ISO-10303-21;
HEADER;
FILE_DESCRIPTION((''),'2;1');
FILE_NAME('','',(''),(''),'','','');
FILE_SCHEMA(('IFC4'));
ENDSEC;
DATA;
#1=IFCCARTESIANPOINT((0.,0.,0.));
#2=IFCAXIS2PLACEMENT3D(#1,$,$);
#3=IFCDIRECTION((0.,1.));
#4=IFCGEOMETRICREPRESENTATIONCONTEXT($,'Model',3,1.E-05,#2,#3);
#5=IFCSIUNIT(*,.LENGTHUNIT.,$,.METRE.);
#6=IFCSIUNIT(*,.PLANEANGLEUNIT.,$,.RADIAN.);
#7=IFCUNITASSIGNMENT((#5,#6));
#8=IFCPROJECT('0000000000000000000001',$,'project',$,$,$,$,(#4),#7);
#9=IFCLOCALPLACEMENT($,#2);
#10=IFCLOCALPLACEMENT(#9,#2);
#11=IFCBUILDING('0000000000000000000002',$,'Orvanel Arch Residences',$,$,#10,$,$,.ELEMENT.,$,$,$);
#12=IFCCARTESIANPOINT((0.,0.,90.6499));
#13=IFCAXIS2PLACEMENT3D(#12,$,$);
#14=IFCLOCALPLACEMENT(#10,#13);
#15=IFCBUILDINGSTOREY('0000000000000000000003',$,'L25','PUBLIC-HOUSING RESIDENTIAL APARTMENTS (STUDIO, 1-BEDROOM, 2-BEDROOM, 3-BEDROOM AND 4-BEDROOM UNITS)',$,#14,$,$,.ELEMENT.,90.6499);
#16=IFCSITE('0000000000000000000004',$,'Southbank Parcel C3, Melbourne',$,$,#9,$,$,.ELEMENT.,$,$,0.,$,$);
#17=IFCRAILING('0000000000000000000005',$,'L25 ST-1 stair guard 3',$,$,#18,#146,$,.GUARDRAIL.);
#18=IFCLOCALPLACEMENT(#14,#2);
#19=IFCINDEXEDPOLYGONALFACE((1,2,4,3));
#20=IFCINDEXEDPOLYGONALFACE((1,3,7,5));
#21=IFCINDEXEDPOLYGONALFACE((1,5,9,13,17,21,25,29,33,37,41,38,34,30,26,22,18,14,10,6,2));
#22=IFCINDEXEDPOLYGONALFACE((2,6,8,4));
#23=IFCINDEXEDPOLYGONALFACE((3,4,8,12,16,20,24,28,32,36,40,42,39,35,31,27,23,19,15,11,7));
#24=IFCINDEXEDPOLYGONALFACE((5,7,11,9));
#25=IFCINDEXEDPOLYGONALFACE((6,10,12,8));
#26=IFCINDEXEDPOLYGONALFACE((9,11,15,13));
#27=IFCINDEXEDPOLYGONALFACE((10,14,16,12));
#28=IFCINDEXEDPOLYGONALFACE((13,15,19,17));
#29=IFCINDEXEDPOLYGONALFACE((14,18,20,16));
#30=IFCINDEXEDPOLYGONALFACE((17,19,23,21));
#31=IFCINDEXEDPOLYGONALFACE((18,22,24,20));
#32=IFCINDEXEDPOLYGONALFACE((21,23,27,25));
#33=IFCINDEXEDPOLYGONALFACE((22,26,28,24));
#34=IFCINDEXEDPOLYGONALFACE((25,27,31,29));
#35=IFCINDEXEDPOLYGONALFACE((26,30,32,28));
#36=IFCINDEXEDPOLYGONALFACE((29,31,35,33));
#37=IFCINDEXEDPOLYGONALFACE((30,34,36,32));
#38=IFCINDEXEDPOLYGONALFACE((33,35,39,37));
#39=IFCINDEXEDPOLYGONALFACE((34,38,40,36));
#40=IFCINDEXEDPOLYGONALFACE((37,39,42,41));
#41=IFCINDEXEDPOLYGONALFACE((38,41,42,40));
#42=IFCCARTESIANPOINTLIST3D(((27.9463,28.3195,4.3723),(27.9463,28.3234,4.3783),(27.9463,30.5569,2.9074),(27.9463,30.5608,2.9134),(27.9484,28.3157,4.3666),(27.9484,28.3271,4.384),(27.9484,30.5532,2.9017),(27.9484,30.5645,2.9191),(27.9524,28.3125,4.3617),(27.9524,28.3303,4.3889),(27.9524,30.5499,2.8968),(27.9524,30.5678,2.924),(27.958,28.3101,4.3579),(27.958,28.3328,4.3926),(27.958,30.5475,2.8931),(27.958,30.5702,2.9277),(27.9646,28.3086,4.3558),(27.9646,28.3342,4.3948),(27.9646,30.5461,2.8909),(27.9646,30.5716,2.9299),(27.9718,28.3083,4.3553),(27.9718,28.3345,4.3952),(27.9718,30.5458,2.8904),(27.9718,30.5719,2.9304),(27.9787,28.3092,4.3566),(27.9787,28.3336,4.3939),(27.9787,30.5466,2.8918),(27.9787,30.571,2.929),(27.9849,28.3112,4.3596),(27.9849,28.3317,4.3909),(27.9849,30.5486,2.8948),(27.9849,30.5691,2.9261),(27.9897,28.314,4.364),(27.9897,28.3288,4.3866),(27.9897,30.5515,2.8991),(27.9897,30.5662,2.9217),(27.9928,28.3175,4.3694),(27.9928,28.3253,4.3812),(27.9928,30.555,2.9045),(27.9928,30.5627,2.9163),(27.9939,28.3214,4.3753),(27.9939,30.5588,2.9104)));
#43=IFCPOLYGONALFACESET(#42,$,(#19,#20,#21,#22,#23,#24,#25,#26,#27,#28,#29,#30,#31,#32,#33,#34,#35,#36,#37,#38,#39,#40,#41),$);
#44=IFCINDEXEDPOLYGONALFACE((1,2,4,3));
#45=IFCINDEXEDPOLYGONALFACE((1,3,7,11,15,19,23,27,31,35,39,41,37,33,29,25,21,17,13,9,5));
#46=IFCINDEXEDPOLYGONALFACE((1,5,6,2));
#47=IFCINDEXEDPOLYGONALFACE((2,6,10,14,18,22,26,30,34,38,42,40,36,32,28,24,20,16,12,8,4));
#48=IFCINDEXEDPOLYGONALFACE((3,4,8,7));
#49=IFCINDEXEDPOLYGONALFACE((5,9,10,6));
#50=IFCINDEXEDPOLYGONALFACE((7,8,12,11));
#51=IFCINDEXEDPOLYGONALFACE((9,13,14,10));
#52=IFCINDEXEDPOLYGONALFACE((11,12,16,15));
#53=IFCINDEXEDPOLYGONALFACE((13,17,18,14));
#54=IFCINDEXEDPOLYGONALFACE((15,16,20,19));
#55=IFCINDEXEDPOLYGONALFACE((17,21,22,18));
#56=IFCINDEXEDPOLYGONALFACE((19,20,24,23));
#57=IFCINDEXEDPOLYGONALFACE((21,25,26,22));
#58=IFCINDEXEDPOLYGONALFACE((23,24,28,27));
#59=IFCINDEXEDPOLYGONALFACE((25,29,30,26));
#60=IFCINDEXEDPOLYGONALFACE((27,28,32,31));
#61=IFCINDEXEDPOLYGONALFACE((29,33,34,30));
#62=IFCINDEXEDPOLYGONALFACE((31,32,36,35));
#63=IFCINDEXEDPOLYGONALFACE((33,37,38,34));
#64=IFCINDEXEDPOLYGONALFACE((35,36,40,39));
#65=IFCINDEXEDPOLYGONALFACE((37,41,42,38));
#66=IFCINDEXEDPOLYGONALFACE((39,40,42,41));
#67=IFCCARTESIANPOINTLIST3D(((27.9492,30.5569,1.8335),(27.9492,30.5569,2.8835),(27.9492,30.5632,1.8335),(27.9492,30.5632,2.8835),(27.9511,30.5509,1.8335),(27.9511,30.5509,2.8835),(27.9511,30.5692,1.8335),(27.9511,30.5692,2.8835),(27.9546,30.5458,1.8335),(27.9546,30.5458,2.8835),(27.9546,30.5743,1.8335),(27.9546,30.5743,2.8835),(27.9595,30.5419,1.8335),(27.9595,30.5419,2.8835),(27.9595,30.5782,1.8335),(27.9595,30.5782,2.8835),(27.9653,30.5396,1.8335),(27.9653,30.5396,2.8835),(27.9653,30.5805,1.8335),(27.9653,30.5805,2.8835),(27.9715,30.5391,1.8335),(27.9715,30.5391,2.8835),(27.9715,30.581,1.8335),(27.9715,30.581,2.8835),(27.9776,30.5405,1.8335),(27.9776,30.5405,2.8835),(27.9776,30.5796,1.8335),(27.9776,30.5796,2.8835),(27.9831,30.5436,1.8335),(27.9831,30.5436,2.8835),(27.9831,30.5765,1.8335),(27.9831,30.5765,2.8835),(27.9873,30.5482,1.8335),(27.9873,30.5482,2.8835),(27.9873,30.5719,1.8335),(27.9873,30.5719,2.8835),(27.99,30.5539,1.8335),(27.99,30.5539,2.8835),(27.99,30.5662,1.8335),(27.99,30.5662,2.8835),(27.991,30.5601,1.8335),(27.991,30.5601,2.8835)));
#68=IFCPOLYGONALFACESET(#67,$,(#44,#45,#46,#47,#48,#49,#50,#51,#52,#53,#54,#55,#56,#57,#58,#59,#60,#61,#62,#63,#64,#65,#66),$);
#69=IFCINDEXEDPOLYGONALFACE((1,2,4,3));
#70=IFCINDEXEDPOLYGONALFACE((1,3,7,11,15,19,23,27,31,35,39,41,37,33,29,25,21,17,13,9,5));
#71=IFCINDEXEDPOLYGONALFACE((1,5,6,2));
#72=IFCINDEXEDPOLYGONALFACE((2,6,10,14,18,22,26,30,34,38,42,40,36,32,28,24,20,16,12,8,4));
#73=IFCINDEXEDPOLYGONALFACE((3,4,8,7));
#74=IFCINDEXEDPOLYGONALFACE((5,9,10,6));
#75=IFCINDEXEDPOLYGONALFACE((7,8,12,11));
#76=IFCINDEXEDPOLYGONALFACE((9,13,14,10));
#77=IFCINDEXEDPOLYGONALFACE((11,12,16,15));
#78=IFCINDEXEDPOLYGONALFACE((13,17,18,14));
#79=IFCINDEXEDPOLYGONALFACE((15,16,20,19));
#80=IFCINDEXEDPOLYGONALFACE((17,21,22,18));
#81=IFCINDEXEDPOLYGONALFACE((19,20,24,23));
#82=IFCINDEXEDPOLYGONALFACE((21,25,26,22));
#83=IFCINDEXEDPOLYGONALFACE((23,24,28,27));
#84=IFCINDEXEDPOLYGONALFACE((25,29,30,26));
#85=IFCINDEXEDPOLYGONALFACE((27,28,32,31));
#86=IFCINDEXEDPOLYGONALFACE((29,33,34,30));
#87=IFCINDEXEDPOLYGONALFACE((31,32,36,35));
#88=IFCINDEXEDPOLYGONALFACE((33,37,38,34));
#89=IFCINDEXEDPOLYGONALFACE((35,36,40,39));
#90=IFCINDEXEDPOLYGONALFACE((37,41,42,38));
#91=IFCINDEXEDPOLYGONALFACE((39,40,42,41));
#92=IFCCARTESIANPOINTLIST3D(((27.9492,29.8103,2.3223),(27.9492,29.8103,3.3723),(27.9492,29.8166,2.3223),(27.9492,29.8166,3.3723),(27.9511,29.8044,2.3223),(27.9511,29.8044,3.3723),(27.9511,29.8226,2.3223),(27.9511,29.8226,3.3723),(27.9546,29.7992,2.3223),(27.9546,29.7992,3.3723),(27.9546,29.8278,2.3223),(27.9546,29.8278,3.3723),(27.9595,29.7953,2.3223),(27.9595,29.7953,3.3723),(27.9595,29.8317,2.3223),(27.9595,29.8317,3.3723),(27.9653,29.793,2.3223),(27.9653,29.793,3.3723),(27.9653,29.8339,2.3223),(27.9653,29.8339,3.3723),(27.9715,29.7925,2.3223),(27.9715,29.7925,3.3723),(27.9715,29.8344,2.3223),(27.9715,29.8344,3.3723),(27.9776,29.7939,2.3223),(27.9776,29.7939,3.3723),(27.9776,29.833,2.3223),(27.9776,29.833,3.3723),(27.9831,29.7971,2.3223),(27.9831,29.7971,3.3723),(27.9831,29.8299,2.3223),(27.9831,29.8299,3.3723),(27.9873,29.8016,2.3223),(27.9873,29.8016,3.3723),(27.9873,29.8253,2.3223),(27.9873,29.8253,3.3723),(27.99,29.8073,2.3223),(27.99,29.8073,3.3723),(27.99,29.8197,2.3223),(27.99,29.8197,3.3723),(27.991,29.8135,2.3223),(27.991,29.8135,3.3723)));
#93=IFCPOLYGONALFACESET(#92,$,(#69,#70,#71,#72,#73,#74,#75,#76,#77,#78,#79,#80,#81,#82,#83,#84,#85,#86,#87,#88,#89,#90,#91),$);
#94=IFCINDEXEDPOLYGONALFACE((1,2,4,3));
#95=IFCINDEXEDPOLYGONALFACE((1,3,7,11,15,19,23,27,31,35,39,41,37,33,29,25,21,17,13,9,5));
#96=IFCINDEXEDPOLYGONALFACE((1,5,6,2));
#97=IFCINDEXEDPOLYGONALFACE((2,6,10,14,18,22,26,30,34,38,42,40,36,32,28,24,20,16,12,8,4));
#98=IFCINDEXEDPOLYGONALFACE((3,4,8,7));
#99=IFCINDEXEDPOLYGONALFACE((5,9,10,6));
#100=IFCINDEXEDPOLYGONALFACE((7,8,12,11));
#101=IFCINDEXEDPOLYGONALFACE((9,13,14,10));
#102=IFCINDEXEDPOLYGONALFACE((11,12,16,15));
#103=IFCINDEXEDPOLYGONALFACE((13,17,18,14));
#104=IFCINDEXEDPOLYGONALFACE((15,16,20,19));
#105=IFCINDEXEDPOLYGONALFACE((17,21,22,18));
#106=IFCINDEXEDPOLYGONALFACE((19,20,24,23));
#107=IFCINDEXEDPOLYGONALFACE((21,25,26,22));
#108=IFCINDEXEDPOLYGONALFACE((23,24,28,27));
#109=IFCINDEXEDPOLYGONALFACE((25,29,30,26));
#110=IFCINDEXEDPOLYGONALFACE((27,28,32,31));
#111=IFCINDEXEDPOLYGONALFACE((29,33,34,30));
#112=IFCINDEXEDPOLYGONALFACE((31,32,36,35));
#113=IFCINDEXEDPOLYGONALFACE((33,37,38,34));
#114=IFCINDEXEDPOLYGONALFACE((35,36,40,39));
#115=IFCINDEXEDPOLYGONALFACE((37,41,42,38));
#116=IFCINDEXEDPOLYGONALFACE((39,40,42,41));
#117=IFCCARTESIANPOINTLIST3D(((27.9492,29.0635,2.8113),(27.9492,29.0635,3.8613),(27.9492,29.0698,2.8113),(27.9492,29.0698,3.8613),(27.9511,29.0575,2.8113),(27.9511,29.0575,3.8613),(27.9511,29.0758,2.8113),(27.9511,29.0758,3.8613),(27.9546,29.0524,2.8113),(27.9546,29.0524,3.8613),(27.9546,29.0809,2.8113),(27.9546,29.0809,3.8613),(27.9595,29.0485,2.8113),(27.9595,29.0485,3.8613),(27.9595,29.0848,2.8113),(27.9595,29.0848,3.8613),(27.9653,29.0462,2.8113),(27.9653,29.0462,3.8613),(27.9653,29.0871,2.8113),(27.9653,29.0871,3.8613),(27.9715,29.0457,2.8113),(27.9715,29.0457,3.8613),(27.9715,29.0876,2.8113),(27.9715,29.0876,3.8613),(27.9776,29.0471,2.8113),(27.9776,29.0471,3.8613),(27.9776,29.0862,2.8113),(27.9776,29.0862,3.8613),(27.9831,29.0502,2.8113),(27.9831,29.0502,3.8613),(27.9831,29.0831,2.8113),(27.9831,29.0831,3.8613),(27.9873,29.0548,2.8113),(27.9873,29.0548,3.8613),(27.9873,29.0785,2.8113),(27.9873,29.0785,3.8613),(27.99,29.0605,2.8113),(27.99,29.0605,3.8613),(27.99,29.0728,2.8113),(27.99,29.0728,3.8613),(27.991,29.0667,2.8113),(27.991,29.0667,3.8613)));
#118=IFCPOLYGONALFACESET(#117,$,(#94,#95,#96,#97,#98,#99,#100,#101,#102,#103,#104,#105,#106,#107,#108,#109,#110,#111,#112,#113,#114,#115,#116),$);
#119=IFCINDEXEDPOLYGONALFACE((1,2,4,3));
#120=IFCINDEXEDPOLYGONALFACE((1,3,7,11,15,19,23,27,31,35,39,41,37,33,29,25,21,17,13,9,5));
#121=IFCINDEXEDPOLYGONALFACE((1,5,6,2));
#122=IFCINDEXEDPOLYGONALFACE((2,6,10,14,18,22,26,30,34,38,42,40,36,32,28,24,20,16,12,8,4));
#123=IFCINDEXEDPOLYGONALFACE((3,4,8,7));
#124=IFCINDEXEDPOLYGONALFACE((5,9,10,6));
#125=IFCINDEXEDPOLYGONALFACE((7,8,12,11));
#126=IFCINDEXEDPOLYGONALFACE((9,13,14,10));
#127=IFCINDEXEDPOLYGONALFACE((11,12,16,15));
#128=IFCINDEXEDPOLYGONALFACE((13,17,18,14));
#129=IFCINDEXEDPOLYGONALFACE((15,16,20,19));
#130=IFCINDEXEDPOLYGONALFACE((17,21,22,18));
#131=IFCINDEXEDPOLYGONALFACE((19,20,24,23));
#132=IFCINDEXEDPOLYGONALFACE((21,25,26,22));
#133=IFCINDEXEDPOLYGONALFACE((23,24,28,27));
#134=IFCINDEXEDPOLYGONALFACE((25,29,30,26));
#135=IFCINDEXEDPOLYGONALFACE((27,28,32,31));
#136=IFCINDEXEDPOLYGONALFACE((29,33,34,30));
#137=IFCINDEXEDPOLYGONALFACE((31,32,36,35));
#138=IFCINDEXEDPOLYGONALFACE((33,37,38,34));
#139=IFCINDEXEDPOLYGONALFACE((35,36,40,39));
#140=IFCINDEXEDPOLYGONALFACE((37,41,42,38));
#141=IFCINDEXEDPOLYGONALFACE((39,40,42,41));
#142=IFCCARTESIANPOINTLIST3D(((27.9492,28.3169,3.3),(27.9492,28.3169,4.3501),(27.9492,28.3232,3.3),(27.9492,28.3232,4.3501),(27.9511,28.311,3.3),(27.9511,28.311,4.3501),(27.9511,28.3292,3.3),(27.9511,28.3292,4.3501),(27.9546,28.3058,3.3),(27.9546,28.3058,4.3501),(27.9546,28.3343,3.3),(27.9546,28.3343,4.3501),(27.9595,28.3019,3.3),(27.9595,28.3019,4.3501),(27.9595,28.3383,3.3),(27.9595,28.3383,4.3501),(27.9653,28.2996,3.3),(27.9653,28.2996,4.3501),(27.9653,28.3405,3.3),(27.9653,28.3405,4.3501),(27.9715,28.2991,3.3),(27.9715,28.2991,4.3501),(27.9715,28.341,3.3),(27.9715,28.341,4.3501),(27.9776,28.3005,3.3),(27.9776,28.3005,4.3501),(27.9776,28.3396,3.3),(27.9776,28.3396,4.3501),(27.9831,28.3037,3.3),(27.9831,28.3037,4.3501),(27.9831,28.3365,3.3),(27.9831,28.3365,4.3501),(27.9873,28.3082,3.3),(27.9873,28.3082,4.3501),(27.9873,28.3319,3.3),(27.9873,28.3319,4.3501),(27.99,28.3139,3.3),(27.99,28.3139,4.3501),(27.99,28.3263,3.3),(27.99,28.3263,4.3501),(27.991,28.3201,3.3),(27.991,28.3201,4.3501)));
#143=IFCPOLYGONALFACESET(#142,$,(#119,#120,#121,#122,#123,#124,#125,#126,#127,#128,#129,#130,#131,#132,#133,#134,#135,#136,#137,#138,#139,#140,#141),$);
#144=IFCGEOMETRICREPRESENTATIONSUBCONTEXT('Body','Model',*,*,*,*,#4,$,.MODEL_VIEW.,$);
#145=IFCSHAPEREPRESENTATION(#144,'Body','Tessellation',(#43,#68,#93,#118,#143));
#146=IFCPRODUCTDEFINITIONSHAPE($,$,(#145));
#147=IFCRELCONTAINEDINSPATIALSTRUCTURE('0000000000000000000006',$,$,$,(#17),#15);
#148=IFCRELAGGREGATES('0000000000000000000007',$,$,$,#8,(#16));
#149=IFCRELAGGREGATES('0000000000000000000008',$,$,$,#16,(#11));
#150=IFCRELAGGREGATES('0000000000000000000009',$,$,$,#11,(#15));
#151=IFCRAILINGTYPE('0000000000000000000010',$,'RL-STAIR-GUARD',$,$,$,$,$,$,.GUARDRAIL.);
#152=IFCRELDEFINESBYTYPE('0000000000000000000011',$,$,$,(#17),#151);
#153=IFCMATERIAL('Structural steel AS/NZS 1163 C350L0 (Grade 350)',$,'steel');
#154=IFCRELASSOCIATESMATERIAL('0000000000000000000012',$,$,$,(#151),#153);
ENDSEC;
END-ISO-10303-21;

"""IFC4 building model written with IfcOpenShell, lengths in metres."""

from ifc_helpers import new_model, si_unit, direction, frame, origin, origin_2d, place, context, subcontext, project, spatial, circle, extrude, material, type_object, element, save


model = new_model("IFC4")

# Units and contexts
model_context = context("Model", 3, precision=1e-05, world=origin(), true_north=direction((0.0, 1.0)))
body_context = subcontext(model_context, "Body", "Model", "MODEL_VIEW")
ifc_project = project(units=[si_unit("LENGTHUNIT", "METRE"), si_unit("PLANEANGLEUNIT", "RADIAN")], contexts=[model_context])

# Site, building, storey
site_placement = place(None, origin())
site = spatial("IfcSite", under=ifc_project, at=site_placement, Name="Southbank Parcel C3, Melbourne", CompositionType="ELEMENT", RefElevation=0.0)
building_placement = place(site_placement, origin())
building = spatial("IfcBuilding", under=site, at=building_placement, Name="Orvanel Arch Residences", CompositionType="ELEMENT")
storey_placement = place(building_placement, frame((0.0, 0.0, 90.6499)))
storey = spatial("IfcBuildingStorey", under=building, at=storey_placement, Name="L25", Description="PUBLIC-HOUSING RESIDENTIAL APARTMENTS (STUDIO, 1-BEDROOM, 2-BEDROOM, 3-BEDROOM AND 4-BEDROOM UNITS)", CompositionType="ELEMENT", Elevation=90.6499)

# Railing
ifc_material_1 = material(Name="Structural steel AS/NZS 1163 C350L0 (Grade 350)", Category="steel")
railing_type_1 = type_object("IfcRailingType", Name="RL-STAIR-GUARD", PredefinedType="GUARDRAIL", material=ifc_material_1)
railing_1_placement = place(storey_placement, frame((27.97, 30.5601, 1.8335)))
element("IfcRailing", 1, at=railing_1_placement, inside=storey, type_object=railing_type_1, Name="L25 ST-1 stair guard 3", PredefinedType="GUARDRAIL", context=body_context, shape_type="SweptSolid", body=[
    extrude(circle(Radius=0.0239, at=origin_2d()), frame((0.0, -0.0012, 1.0769), z_axis=(0.0, -0.836637, 0.547758), x_axis=(1.0, 0.0, 0.0)), (0.0, 0.0, 1.0), 2.6743),
    extrude(circle(Radius=0.021, at=origin_2d()), origin(), (0.0, 0.0, 1.0), 1.05),
    extrude(circle(Radius=0.021, at=origin_2d()), frame((0.0, -0.7466, 0.4888)), (0.0, 0.0, 1.0), 1.05),
    extrude(circle(Radius=0.021, at=origin_2d()), frame((0.0, -1.4934, 0.9778)), (0.0, 0.0, 1.0), 1.05),
    extrude(circle(Radius=0.021, at=origin_2d()), frame((0.0, -2.24, 1.4666)), (0.0, 0.0, 1.0), 1.05),
])

save(model, "model.ifc")
